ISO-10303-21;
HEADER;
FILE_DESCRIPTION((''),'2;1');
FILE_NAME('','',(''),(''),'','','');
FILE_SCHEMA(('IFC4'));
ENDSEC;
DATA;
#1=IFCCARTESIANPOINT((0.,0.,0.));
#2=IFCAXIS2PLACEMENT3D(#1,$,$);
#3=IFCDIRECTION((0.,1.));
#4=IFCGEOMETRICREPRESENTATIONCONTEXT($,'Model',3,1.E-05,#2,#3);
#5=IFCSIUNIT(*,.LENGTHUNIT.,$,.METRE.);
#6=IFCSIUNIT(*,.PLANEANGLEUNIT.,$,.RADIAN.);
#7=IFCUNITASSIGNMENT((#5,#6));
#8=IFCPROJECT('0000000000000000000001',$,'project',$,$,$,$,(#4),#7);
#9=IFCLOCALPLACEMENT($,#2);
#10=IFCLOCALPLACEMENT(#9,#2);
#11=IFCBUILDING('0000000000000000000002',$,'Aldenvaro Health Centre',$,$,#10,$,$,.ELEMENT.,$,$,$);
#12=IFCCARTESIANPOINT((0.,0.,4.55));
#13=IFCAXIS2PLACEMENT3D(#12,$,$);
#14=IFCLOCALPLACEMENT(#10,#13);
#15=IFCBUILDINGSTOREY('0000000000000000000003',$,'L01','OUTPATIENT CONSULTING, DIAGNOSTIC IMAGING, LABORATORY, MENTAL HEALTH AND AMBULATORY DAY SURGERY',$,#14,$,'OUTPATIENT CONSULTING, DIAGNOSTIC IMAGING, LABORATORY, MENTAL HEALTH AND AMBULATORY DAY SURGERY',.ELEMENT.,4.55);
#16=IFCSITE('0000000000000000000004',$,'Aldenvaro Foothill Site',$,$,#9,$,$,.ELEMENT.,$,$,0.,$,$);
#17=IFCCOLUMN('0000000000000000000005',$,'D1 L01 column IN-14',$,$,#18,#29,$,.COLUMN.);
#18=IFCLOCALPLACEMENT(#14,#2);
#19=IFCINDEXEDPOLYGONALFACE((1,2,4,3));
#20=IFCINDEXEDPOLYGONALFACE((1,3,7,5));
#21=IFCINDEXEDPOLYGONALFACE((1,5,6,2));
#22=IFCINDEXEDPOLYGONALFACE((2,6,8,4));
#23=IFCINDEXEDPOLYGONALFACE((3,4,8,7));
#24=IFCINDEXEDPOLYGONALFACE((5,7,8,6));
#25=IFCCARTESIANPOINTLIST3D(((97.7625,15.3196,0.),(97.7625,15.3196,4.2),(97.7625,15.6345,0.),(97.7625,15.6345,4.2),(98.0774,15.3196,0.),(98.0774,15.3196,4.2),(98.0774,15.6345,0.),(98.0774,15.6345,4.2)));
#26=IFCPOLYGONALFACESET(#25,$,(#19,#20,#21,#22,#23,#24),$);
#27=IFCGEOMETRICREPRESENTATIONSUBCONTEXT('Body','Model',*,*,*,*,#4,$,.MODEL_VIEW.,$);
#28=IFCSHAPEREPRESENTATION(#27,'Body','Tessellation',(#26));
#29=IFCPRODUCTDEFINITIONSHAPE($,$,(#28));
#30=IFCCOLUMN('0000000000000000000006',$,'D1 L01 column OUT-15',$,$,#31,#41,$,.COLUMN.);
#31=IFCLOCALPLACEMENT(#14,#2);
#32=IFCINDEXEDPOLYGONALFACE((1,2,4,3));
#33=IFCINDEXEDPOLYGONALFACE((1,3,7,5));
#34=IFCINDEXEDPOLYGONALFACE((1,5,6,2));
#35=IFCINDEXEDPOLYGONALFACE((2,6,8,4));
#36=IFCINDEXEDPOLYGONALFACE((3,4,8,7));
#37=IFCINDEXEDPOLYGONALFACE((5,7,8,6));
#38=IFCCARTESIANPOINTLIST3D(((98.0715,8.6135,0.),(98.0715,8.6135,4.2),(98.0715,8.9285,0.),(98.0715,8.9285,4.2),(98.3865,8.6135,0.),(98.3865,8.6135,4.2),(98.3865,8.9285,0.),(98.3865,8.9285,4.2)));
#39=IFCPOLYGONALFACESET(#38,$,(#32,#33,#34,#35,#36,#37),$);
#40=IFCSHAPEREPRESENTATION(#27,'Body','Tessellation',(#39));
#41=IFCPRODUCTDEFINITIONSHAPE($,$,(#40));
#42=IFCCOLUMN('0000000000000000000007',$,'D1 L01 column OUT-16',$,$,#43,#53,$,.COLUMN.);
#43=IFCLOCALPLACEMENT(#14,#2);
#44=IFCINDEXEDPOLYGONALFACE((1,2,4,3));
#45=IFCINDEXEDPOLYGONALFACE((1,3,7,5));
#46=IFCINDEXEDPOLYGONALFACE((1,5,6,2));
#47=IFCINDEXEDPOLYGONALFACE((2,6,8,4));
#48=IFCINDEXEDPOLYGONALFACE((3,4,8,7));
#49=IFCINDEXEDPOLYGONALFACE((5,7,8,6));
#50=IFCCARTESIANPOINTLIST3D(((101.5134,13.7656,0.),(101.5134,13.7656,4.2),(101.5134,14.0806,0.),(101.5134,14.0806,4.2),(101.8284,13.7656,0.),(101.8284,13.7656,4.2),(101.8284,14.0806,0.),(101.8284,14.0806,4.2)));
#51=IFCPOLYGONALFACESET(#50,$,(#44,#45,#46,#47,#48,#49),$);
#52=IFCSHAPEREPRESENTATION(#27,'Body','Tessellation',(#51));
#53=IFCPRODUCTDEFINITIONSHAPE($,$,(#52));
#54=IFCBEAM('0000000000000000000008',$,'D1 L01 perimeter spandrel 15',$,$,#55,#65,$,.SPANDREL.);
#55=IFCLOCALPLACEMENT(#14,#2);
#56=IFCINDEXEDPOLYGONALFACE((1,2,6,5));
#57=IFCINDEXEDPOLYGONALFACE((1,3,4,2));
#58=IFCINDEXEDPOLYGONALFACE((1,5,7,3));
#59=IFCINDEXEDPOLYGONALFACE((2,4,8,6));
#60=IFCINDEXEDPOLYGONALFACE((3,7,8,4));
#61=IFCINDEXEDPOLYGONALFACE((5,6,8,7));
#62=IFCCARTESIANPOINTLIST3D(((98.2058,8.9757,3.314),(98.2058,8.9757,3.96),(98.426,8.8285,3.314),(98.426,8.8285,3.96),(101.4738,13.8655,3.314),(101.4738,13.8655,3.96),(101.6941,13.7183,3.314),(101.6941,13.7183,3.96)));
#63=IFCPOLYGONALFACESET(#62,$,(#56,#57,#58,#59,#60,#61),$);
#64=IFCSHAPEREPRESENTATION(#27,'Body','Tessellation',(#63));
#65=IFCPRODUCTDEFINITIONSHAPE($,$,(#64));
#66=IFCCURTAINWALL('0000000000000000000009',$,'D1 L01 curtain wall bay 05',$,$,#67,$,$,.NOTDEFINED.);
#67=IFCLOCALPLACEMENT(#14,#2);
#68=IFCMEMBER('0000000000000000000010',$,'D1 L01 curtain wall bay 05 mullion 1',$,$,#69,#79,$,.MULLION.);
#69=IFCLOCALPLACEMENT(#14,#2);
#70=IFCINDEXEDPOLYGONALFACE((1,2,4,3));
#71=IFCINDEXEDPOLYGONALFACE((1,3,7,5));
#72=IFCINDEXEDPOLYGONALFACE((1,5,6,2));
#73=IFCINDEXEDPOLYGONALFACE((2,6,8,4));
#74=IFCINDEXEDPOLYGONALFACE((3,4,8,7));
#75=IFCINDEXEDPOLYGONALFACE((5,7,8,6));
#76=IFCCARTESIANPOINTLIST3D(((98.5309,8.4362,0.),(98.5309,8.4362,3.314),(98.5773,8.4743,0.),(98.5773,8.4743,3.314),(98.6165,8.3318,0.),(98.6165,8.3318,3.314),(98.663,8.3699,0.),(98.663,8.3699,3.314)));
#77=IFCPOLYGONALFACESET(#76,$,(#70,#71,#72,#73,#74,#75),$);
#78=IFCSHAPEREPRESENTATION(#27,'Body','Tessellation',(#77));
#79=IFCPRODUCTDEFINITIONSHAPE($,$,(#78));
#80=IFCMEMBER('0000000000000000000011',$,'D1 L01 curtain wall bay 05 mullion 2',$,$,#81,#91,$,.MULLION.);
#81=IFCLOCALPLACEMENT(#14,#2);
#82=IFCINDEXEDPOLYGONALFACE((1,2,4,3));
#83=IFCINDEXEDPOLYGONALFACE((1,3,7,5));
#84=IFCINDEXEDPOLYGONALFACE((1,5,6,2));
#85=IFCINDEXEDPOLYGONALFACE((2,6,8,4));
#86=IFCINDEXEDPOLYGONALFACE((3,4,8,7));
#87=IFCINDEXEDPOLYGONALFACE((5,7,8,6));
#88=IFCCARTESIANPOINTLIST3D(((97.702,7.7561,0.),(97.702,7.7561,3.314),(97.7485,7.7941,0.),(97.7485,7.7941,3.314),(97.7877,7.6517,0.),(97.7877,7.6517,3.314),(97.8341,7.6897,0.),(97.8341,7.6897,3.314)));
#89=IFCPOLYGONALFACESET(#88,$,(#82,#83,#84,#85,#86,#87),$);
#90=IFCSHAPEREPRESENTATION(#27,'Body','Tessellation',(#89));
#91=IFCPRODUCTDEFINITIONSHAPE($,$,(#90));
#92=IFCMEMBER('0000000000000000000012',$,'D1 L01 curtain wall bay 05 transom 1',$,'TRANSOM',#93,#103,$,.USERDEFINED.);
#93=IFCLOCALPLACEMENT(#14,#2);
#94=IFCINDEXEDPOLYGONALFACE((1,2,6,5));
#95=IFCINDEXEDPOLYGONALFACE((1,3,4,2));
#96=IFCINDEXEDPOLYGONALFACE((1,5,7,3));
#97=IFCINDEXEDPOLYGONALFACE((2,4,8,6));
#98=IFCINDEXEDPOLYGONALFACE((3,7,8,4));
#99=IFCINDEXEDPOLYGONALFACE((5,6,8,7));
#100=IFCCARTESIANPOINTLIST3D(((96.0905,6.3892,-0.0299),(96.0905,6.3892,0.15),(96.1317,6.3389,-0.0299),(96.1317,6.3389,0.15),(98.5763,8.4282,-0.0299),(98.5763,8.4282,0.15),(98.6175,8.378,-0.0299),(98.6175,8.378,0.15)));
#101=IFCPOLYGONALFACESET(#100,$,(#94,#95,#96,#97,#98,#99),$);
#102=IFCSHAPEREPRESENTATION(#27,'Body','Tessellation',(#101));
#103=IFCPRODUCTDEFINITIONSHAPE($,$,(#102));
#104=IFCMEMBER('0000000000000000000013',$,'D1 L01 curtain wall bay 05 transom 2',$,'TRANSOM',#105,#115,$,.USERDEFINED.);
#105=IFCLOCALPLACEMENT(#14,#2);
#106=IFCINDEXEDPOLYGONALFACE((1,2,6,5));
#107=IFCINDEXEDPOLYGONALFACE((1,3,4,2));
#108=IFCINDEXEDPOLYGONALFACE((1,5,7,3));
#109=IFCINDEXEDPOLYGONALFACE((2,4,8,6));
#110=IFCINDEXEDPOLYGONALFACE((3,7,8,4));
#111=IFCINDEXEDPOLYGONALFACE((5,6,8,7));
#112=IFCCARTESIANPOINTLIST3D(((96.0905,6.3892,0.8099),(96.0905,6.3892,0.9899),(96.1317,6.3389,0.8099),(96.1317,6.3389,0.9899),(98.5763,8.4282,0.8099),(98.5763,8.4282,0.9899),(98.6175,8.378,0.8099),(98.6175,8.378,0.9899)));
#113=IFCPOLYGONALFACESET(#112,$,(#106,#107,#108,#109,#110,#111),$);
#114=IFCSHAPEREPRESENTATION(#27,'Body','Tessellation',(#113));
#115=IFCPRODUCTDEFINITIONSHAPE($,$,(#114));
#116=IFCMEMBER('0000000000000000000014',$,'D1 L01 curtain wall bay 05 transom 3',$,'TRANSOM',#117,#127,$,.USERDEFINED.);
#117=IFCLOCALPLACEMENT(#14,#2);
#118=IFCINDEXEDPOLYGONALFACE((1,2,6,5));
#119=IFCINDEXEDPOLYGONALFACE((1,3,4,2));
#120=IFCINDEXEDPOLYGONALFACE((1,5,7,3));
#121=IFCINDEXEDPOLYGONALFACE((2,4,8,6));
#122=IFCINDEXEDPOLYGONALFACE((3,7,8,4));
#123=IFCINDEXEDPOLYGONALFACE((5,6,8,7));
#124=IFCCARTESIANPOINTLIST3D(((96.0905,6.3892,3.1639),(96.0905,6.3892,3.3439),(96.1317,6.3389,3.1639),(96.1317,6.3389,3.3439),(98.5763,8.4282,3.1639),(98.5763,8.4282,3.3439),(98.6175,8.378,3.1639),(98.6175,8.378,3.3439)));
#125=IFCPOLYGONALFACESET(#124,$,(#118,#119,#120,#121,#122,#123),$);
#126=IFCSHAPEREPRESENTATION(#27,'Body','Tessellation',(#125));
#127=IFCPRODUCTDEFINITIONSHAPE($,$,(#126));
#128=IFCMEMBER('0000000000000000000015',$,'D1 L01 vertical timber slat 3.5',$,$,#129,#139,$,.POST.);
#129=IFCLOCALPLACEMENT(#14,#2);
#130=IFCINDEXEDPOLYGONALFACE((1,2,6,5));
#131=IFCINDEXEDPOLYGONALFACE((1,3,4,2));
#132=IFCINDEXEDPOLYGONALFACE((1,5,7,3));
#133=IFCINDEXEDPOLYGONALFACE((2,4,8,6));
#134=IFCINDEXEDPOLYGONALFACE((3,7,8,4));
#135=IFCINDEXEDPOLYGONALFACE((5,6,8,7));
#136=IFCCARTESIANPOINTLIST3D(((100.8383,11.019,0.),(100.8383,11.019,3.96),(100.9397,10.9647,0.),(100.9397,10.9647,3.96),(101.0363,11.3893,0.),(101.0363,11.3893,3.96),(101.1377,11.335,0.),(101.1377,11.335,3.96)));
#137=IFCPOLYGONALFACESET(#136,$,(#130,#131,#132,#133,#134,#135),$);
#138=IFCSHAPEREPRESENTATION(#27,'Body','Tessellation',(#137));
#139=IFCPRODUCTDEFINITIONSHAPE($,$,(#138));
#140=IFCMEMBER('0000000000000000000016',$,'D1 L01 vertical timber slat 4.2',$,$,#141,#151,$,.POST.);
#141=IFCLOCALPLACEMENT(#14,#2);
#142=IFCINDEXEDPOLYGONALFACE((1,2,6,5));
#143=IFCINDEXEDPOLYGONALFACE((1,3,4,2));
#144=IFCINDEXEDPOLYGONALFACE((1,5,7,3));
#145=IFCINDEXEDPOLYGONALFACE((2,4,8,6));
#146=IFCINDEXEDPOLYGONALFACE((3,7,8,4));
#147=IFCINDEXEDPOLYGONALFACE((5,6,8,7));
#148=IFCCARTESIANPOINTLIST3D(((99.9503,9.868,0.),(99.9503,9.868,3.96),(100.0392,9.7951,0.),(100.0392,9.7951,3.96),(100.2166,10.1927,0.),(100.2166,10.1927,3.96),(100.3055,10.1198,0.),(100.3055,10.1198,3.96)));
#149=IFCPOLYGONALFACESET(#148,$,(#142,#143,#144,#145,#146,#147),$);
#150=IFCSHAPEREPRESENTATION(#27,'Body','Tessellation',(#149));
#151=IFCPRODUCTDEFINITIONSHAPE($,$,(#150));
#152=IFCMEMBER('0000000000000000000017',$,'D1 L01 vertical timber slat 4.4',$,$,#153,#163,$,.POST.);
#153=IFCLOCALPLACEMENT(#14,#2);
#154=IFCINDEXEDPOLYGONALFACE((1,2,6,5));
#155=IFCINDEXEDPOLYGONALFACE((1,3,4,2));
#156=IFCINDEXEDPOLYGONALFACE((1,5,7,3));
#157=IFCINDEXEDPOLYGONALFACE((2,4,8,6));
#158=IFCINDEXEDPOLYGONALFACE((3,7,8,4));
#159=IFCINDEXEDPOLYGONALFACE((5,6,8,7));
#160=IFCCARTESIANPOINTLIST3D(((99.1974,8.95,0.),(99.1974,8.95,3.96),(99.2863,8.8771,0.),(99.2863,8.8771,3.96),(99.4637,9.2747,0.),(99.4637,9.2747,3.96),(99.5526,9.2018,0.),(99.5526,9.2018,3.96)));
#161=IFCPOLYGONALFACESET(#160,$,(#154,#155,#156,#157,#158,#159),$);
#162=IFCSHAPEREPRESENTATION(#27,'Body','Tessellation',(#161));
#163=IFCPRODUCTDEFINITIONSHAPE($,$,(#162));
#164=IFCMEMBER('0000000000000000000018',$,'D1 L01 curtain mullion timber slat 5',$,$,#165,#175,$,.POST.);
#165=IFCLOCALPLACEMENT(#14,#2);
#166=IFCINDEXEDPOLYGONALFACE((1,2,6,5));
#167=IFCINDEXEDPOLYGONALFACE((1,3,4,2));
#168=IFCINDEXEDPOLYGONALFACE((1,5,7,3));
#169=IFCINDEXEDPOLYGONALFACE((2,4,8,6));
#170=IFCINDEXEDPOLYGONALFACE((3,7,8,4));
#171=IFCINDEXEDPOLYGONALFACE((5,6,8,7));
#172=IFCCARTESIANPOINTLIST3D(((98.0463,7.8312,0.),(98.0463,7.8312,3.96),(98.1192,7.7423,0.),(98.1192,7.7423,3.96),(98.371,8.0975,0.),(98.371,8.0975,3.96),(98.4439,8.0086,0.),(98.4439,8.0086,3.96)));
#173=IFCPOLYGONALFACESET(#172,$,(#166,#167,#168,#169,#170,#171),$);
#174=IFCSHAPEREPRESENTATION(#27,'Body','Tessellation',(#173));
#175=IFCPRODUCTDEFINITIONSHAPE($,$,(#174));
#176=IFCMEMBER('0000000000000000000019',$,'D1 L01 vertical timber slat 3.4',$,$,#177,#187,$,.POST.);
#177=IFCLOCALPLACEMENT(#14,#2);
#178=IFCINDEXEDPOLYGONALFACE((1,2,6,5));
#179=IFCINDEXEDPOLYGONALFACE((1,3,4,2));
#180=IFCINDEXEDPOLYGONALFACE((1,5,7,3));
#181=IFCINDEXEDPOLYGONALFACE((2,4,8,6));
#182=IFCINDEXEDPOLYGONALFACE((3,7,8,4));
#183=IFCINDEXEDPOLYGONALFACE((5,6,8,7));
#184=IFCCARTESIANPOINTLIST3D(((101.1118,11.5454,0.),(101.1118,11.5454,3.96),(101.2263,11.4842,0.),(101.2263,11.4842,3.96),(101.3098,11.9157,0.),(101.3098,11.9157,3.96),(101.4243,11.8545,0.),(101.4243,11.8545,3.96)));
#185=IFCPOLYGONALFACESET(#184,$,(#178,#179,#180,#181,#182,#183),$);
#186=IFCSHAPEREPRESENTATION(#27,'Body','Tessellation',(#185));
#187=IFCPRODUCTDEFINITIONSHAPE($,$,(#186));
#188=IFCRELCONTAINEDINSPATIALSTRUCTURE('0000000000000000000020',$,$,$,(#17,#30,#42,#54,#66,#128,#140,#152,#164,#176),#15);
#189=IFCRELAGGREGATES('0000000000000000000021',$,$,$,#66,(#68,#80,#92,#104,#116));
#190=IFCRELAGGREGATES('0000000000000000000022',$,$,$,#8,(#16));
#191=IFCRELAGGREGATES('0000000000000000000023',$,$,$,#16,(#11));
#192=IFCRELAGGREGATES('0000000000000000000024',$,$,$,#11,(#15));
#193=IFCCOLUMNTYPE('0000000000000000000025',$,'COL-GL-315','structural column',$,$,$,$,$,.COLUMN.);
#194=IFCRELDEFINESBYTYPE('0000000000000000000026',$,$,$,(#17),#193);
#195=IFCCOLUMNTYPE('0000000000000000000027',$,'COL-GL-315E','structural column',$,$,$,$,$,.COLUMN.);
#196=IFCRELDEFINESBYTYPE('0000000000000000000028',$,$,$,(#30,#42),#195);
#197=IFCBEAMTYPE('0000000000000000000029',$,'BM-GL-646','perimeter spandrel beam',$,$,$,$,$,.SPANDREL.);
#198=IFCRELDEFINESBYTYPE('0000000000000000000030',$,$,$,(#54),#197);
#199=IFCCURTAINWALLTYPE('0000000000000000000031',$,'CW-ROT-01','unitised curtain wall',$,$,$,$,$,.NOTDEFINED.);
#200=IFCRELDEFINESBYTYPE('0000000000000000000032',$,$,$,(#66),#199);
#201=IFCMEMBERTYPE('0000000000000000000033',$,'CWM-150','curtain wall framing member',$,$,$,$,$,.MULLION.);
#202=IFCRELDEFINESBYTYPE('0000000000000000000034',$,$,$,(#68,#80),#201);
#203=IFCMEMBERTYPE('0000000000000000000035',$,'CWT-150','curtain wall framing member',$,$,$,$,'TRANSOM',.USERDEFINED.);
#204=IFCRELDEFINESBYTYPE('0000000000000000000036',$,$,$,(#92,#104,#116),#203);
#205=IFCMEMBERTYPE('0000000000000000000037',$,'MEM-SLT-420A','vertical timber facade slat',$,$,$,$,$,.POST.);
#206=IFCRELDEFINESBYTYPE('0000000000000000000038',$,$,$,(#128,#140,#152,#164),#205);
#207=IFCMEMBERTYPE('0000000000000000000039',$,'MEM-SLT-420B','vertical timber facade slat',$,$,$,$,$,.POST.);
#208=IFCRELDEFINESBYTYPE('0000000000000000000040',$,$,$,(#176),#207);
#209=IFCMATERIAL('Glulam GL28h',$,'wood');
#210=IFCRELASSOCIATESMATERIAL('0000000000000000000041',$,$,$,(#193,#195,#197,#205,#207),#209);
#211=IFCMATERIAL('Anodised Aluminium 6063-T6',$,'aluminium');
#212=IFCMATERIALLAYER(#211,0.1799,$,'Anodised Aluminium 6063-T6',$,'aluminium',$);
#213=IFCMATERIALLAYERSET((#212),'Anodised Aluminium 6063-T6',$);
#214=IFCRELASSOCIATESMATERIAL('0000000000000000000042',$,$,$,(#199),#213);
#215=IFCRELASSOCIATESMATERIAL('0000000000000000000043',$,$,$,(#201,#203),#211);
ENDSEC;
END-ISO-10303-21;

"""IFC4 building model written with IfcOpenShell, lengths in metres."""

from ifc_helpers import new_model, si_unit, direction, frame, origin, origin_2d, place, context, subcontext, project, spatial, rectangle, extrude, material, layer, layer_set, material_profile, profile_set, type_object, element, aggregate, save


model = new_model("IFC4")

# Units and contexts
model_context = context("Model", 3, precision=1e-05, world=origin(), true_north=direction((0.0, 1.0)))
body_context = subcontext(model_context, "Body", "Model", "MODEL_VIEW")
ifc_project = project(units=[si_unit("LENGTHUNIT", "METRE"), si_unit("PLANEANGLEUNIT", "RADIAN")], contexts=[model_context])

# Site, building, storey
site_placement = place(None, origin())
site = spatial("IfcSite", under=ifc_project, at=site_placement, Name="Aldenvaro Foothill Site", CompositionType="ELEMENT", RefElevation=0.0)
building_placement = place(site_placement, origin())
building = spatial("IfcBuilding", under=site, at=building_placement, Name="Aldenvaro Health Centre", CompositionType="ELEMENT")
storey_placement = place(building_placement, frame((0.0, 0.0, 4.55)))
storey = spatial("IfcBuildingStorey", under=building, at=storey_placement, Name="L01", Description="OUTPATIENT CONSULTING, DIAGNOSTIC IMAGING, LABORATORY, MENTAL HEALTH AND AMBULATORY DAY SURGERY", LongName="OUTPATIENT CONSULTING, DIAGNOSTIC IMAGING, LABORATORY, MENTAL HEALTH AND AMBULATORY DAY SURGERY", CompositionType="ELEMENT", Elevation=4.55)

# Columns
ifc_material_1 = material(Name="Glulam GL28h", Category="wood")
ifc_material_profile_1 = material_profile(ifc_material_1, rectangle(XDim=0.3149, YDim=0.3149, at=origin_2d()), Name="GL 315x315", Category="wood")
ifc_profile_set_1 = profile_set([ifc_material_profile_1], Name="Glulam GL28h")
column_type_1 = type_object("IfcColumnType", Name="COL-GL-315", Description="structural column", PredefinedType="COLUMN", material=ifc_profile_set_1)
column_placement = place(storey_placement, frame((97.9199, 15.4771, 0.0), z_axis=(0.0, 0.0, 1.0), x_axis=(1.0, 0.0, 0.0)))
element("IfcColumn", 1, at=column_placement, inside=storey, type_object=column_type_1, Name="D1 L01 column IN-14", PredefinedType="COLUMN", context=body_context, shape_type="SweptSolid", body=[
    extrude(rectangle(XDim=0.3149, YDim=0.3149, at=origin_2d()), origin(), (0.0, 0.0, 1.0), 4.2),
])
ifc_material_profile_2 = material_profile(ifc_material_1, rectangle(XDim=0.3149, YDim=0.3149, at=origin_2d()), Name="GL 315x315", Category="wood")
ifc_profile_set_2 = profile_set([ifc_material_profile_2], Name="Glulam GL28h")
column_type_2 = type_object("IfcColumnType", Name="COL-GL-315E", Description="structural column", PredefinedType="COLUMN", material=ifc_profile_set_2)
for number, where, z_axis, x_axis, name in (
    (2, (98.229, 8.771, 0.0), (0.0, 0.0, 1.0), (1.0, 0.0, 0.0), "D1 L01 column OUT-15"),
    (3, (101.6709, 13.9231, 0.0), (0.0, 0.0, 1.0), (1.0, 0.0, 0.0), "D1 L01 column OUT-16"),
):
    element("IfcColumn", number, at=place(storey_placement, frame(where, z_axis=z_axis, x_axis=x_axis)), inside=storey, type_object=column_type_2, Name=name, PredefinedType="COLUMN", context=body_context, shape_type="SweptSolid", body=[
        extrude(rectangle(XDim=0.3149, YDim=0.3149, at=origin_2d()), origin(), (0.0, 0.0, 1.0), 4.2),
    ])

# Beam
ifc_material_profile_3 = material_profile(ifc_material_1, rectangle(XDim=0.2649, YDim=0.646, at=origin_2d()), Name="GL 265x646", Category="wood")
ifc_profile_set_3 = profile_set([ifc_material_profile_3], Name="Glulam GL28h")
beam_type = type_object("IfcBeamType", Name="BM-GL-646", Description="perimeter spandrel beam", PredefinedType="SPANDREL", material=ifc_profile_set_3)
beam_placement = place(storey_placement, frame((98.3159, 8.9021, 3.637), z_axis=(0.555658, 0.831411, 0.0), x_axis=(-0.831411, 0.555658, 0.0)))
element("IfcBeam", 4, at=beam_placement, inside=storey, type_object=beam_type, Name="D1 L01 perimeter spandrel 15", PredefinedType="SPANDREL", context=body_context, shape_type="SweptSolid", body=[
    extrude(rectangle(XDim=0.2649, YDim=0.646, at=origin_2d()), origin(), (0.0, 0.0, 1.0), 5.8813),
])

# Curtain wall, members
ifc_material_2 = material(Name="Anodised Aluminium 6063-T6", Category="aluminium")
ifc_layer_1 = layer(ifc_material_2, 0.1799, Name="Anodised Aluminium 6063-T6", Category="aluminium")
ifc_layer_set_1 = layer_set([ifc_layer_1], Name="Anodised Aluminium 6063-T6")
curtain_wall_type = type_object("IfcCurtainWallType", Name="CW-ROT-01", Description="unitised curtain wall", PredefinedType="NOTDEFINED", material=ifc_layer_set_1)
curtain_wall_placement = place(storey_placement, origin())
curtain_wall = element("IfcCurtainWall", 5, at=curtain_wall_placement, inside=storey, type_object=curtain_wall_type, Name="D1 L01 curtain wall bay 05", PredefinedType="NOTDEFINED")
ifc_material_profile_4 = material_profile(ifc_material_2, rectangle(XDim=0.0601, YDim=0.135, at=origin_2d()), Name="ALU 60x135", Category="aluminium")
ifc_profile_set_4 = profile_set([ifc_material_profile_4], Name="Anodised Aluminium 6063-T6")
member_type_1 = type_object("IfcMemberType", Name="CWM-150", Description="curtain wall framing member", PredefinedType="MULLION", material=ifc_profile_set_4)
member_1_placement = place(storey_placement, frame((98.5969, 8.4031, 0.0), z_axis=(0.0, 0.0, 1.0), x_axis=(-0.773195, -0.634169, 0.0)))
member_1 = element("IfcMember", 6, at=member_1_placement, type_object=member_type_1, Name="D1 L01 curtain wall bay 05 mullion 1", PredefinedType="MULLION", context=body_context, shape_type="SweptSolid", body=[
    extrude(rectangle(XDim=0.0601, YDim=0.135, at=origin_2d()), origin(), (0.0, 0.0, 1.0), 3.314),
])
member_2_placement = place(storey_placement, frame((97.7681, 7.7229, 0.0), z_axis=(0.0, 0.0, 1.0), x_axis=(-0.773195, -0.634169, 0.0)))
member_2 = element("IfcMember", 7, at=member_2_placement, type_object=member_type_1, Name="D1 L01 curtain wall bay 05 mullion 2", PredefinedType="MULLION", context=body_context, shape_type="SweptSolid", body=[
    extrude(rectangle(XDim=0.0601, YDim=0.135, at=origin_2d()), origin(), (0.0, 0.0, 1.0), 3.314),
])
ifc_material_profile_5 = material_profile(ifc_material_2, rectangle(XDim=0.0649, YDim=0.1799, at=origin_2d()), Name="ALU 65x180", Category="aluminium")
ifc_profile_set_5 = profile_set([ifc_material_profile_5], Name="Anodised Aluminium 6063-T6")
member_type_2 = type_object("IfcMemberType", Name="CWT-150", Description="curtain wall framing member", ElementType="TRANSOM", PredefinedType="USERDEFINED", material=ifc_profile_set_5)
member_3_placement = place(storey_placement, frame((98.5969, 8.4031, 0.0601), z_axis=(-0.773165, -0.634205, 0.0), x_axis=(0.634205, -0.773165, 0.0)))
member_3 = element("IfcMember", 8, at=member_3_placement, type_object=member_type_2, Name="D1 L01 curtain wall bay 05 transom 1", ObjectType="TRANSOM", PredefinedType="USERDEFINED", context=body_context, shape_type="SweptSolid", body=[
    extrude(rectangle(XDim=0.0649, YDim=0.1799, at=origin_2d()), origin(), (0.0, 0.0, 1.0), 3.2151),
])
member_4_placement = place(storey_placement, frame((98.5969, 8.4031, 0.8999), z_axis=(-0.773165, -0.634205, 0.0), x_axis=(0.634205, -0.773165, 0.0)))
member_4 = element("IfcMember", 9, at=member_4_placement, type_object=member_type_2, Name="D1 L01 curtain wall bay 05 transom 2", ObjectType="TRANSOM", PredefinedType="USERDEFINED", context=body_context, shape_type="SweptSolid", body=[
    extrude(rectangle(XDim=0.0649, YDim=0.1799, at=origin_2d()), origin(), (0.0, 0.0, 1.0), 3.2151),
])
member_5_placement = place(storey_placement, frame((98.5969, 8.4031, 3.2539), z_axis=(-0.773165, -0.634205, 0.0), x_axis=(0.634205, -0.773165, 0.0)))
member_5 = element("IfcMember", 10, at=member_5_placement, type_object=member_type_2, Name="D1 L01 curtain wall bay 05 transom 3", ObjectType="TRANSOM", PredefinedType="USERDEFINED", context=body_context, shape_type="SweptSolid", body=[
    extrude(rectangle(XDim=0.0649, YDim=0.1799, at=origin_2d()), origin(), (0.0, 0.0, 1.0), 3.2151),
])

# Members
ifc_material_profile_6 = material_profile(ifc_material_1, rectangle(XDim=0.115, YDim=0.4199, at=origin_2d()), Name="GL 115x420", Category="wood")
ifc_profile_set_6 = profile_set([ifc_material_profile_6], Name="Glulam GL28h")
member_type_3 = type_object("IfcMemberType", Name="MEM-SLT-420A", Description="vertical timber facade slat", PredefinedType="POST", material=ifc_profile_set_6)
for number, where, z_axis, x_axis, name in (
    (11, (100.988, 11.177, 0.0), (0.0, 0.0, 1.0), (0.881836, -0.471557, 0.0), "D1 L01 vertical timber slat 3.5"),
    (12, (100.1279, 9.9939, 0.0), (0.0, 0.0, 1.0), (0.773195, -0.634169, 0.0), "D1 L01 vertical timber slat 4.2"),
    (13, (99.375, 9.0759, 0.0), (0.0, 0.0, 1.0), (0.773195, -0.634169, 0.0), "D1 L01 vertical timber slat 4.4"),
    (14, (98.2451, 7.9199, 0.0), (0.0, 0.0, 1.0), (0.634169, -0.773195, 0.0), "D1 L01 curtain mullion timber slat 5"),
):
    element("IfcMember", number, at=place(storey_placement, frame(where, z_axis=z_axis, x_axis=x_axis)), inside=storey, type_object=member_type_3, Name=name, PredefinedType="POST", context=body_context, shape_type="SweptSolid", body=[
        extrude(rectangle(XDim=0.115, YDim=0.4199, at=origin_2d()), origin(), (0.0, 0.0, 1.0), 3.96),
    ])
ifc_material_profile_7 = material_profile(ifc_material_1, rectangle(XDim=0.1299, YDim=0.4199, at=origin_2d()), Name="GL 130x420", Category="wood")
ifc_profile_set_7 = profile_set([ifc_material_profile_7], Name="Glulam GL28h")
member_type_4 = type_object("IfcMemberType", Name="MEM-SLT-420B", Description="vertical timber facade slat", PredefinedType="POST", material=ifc_profile_set_7)
for number, where, z_axis, x_axis, name in (
    (15, (101.2681, 11.7, 0.0), (0.0, 0.0, 1.0), (0.881836, -0.471557, 0.0), "D1 L01 vertical timber slat 3.4"),
):
    element("IfcMember", number, at=place(storey_placement, frame(where, z_axis=z_axis, x_axis=x_axis)), inside=storey, type_object=member_type_4, Name=name, PredefinedType="POST", context=body_context, shape_type="SweptSolid", body=[
        extrude(rectangle(XDim=0.1299, YDim=0.4199, at=origin_2d()), origin(), (0.0, 0.0, 1.0), 3.96),
    ])

aggregate(curtain_wall, [member_1, member_2, member_3, member_4, member_5])

save(model, "model.ifc")
